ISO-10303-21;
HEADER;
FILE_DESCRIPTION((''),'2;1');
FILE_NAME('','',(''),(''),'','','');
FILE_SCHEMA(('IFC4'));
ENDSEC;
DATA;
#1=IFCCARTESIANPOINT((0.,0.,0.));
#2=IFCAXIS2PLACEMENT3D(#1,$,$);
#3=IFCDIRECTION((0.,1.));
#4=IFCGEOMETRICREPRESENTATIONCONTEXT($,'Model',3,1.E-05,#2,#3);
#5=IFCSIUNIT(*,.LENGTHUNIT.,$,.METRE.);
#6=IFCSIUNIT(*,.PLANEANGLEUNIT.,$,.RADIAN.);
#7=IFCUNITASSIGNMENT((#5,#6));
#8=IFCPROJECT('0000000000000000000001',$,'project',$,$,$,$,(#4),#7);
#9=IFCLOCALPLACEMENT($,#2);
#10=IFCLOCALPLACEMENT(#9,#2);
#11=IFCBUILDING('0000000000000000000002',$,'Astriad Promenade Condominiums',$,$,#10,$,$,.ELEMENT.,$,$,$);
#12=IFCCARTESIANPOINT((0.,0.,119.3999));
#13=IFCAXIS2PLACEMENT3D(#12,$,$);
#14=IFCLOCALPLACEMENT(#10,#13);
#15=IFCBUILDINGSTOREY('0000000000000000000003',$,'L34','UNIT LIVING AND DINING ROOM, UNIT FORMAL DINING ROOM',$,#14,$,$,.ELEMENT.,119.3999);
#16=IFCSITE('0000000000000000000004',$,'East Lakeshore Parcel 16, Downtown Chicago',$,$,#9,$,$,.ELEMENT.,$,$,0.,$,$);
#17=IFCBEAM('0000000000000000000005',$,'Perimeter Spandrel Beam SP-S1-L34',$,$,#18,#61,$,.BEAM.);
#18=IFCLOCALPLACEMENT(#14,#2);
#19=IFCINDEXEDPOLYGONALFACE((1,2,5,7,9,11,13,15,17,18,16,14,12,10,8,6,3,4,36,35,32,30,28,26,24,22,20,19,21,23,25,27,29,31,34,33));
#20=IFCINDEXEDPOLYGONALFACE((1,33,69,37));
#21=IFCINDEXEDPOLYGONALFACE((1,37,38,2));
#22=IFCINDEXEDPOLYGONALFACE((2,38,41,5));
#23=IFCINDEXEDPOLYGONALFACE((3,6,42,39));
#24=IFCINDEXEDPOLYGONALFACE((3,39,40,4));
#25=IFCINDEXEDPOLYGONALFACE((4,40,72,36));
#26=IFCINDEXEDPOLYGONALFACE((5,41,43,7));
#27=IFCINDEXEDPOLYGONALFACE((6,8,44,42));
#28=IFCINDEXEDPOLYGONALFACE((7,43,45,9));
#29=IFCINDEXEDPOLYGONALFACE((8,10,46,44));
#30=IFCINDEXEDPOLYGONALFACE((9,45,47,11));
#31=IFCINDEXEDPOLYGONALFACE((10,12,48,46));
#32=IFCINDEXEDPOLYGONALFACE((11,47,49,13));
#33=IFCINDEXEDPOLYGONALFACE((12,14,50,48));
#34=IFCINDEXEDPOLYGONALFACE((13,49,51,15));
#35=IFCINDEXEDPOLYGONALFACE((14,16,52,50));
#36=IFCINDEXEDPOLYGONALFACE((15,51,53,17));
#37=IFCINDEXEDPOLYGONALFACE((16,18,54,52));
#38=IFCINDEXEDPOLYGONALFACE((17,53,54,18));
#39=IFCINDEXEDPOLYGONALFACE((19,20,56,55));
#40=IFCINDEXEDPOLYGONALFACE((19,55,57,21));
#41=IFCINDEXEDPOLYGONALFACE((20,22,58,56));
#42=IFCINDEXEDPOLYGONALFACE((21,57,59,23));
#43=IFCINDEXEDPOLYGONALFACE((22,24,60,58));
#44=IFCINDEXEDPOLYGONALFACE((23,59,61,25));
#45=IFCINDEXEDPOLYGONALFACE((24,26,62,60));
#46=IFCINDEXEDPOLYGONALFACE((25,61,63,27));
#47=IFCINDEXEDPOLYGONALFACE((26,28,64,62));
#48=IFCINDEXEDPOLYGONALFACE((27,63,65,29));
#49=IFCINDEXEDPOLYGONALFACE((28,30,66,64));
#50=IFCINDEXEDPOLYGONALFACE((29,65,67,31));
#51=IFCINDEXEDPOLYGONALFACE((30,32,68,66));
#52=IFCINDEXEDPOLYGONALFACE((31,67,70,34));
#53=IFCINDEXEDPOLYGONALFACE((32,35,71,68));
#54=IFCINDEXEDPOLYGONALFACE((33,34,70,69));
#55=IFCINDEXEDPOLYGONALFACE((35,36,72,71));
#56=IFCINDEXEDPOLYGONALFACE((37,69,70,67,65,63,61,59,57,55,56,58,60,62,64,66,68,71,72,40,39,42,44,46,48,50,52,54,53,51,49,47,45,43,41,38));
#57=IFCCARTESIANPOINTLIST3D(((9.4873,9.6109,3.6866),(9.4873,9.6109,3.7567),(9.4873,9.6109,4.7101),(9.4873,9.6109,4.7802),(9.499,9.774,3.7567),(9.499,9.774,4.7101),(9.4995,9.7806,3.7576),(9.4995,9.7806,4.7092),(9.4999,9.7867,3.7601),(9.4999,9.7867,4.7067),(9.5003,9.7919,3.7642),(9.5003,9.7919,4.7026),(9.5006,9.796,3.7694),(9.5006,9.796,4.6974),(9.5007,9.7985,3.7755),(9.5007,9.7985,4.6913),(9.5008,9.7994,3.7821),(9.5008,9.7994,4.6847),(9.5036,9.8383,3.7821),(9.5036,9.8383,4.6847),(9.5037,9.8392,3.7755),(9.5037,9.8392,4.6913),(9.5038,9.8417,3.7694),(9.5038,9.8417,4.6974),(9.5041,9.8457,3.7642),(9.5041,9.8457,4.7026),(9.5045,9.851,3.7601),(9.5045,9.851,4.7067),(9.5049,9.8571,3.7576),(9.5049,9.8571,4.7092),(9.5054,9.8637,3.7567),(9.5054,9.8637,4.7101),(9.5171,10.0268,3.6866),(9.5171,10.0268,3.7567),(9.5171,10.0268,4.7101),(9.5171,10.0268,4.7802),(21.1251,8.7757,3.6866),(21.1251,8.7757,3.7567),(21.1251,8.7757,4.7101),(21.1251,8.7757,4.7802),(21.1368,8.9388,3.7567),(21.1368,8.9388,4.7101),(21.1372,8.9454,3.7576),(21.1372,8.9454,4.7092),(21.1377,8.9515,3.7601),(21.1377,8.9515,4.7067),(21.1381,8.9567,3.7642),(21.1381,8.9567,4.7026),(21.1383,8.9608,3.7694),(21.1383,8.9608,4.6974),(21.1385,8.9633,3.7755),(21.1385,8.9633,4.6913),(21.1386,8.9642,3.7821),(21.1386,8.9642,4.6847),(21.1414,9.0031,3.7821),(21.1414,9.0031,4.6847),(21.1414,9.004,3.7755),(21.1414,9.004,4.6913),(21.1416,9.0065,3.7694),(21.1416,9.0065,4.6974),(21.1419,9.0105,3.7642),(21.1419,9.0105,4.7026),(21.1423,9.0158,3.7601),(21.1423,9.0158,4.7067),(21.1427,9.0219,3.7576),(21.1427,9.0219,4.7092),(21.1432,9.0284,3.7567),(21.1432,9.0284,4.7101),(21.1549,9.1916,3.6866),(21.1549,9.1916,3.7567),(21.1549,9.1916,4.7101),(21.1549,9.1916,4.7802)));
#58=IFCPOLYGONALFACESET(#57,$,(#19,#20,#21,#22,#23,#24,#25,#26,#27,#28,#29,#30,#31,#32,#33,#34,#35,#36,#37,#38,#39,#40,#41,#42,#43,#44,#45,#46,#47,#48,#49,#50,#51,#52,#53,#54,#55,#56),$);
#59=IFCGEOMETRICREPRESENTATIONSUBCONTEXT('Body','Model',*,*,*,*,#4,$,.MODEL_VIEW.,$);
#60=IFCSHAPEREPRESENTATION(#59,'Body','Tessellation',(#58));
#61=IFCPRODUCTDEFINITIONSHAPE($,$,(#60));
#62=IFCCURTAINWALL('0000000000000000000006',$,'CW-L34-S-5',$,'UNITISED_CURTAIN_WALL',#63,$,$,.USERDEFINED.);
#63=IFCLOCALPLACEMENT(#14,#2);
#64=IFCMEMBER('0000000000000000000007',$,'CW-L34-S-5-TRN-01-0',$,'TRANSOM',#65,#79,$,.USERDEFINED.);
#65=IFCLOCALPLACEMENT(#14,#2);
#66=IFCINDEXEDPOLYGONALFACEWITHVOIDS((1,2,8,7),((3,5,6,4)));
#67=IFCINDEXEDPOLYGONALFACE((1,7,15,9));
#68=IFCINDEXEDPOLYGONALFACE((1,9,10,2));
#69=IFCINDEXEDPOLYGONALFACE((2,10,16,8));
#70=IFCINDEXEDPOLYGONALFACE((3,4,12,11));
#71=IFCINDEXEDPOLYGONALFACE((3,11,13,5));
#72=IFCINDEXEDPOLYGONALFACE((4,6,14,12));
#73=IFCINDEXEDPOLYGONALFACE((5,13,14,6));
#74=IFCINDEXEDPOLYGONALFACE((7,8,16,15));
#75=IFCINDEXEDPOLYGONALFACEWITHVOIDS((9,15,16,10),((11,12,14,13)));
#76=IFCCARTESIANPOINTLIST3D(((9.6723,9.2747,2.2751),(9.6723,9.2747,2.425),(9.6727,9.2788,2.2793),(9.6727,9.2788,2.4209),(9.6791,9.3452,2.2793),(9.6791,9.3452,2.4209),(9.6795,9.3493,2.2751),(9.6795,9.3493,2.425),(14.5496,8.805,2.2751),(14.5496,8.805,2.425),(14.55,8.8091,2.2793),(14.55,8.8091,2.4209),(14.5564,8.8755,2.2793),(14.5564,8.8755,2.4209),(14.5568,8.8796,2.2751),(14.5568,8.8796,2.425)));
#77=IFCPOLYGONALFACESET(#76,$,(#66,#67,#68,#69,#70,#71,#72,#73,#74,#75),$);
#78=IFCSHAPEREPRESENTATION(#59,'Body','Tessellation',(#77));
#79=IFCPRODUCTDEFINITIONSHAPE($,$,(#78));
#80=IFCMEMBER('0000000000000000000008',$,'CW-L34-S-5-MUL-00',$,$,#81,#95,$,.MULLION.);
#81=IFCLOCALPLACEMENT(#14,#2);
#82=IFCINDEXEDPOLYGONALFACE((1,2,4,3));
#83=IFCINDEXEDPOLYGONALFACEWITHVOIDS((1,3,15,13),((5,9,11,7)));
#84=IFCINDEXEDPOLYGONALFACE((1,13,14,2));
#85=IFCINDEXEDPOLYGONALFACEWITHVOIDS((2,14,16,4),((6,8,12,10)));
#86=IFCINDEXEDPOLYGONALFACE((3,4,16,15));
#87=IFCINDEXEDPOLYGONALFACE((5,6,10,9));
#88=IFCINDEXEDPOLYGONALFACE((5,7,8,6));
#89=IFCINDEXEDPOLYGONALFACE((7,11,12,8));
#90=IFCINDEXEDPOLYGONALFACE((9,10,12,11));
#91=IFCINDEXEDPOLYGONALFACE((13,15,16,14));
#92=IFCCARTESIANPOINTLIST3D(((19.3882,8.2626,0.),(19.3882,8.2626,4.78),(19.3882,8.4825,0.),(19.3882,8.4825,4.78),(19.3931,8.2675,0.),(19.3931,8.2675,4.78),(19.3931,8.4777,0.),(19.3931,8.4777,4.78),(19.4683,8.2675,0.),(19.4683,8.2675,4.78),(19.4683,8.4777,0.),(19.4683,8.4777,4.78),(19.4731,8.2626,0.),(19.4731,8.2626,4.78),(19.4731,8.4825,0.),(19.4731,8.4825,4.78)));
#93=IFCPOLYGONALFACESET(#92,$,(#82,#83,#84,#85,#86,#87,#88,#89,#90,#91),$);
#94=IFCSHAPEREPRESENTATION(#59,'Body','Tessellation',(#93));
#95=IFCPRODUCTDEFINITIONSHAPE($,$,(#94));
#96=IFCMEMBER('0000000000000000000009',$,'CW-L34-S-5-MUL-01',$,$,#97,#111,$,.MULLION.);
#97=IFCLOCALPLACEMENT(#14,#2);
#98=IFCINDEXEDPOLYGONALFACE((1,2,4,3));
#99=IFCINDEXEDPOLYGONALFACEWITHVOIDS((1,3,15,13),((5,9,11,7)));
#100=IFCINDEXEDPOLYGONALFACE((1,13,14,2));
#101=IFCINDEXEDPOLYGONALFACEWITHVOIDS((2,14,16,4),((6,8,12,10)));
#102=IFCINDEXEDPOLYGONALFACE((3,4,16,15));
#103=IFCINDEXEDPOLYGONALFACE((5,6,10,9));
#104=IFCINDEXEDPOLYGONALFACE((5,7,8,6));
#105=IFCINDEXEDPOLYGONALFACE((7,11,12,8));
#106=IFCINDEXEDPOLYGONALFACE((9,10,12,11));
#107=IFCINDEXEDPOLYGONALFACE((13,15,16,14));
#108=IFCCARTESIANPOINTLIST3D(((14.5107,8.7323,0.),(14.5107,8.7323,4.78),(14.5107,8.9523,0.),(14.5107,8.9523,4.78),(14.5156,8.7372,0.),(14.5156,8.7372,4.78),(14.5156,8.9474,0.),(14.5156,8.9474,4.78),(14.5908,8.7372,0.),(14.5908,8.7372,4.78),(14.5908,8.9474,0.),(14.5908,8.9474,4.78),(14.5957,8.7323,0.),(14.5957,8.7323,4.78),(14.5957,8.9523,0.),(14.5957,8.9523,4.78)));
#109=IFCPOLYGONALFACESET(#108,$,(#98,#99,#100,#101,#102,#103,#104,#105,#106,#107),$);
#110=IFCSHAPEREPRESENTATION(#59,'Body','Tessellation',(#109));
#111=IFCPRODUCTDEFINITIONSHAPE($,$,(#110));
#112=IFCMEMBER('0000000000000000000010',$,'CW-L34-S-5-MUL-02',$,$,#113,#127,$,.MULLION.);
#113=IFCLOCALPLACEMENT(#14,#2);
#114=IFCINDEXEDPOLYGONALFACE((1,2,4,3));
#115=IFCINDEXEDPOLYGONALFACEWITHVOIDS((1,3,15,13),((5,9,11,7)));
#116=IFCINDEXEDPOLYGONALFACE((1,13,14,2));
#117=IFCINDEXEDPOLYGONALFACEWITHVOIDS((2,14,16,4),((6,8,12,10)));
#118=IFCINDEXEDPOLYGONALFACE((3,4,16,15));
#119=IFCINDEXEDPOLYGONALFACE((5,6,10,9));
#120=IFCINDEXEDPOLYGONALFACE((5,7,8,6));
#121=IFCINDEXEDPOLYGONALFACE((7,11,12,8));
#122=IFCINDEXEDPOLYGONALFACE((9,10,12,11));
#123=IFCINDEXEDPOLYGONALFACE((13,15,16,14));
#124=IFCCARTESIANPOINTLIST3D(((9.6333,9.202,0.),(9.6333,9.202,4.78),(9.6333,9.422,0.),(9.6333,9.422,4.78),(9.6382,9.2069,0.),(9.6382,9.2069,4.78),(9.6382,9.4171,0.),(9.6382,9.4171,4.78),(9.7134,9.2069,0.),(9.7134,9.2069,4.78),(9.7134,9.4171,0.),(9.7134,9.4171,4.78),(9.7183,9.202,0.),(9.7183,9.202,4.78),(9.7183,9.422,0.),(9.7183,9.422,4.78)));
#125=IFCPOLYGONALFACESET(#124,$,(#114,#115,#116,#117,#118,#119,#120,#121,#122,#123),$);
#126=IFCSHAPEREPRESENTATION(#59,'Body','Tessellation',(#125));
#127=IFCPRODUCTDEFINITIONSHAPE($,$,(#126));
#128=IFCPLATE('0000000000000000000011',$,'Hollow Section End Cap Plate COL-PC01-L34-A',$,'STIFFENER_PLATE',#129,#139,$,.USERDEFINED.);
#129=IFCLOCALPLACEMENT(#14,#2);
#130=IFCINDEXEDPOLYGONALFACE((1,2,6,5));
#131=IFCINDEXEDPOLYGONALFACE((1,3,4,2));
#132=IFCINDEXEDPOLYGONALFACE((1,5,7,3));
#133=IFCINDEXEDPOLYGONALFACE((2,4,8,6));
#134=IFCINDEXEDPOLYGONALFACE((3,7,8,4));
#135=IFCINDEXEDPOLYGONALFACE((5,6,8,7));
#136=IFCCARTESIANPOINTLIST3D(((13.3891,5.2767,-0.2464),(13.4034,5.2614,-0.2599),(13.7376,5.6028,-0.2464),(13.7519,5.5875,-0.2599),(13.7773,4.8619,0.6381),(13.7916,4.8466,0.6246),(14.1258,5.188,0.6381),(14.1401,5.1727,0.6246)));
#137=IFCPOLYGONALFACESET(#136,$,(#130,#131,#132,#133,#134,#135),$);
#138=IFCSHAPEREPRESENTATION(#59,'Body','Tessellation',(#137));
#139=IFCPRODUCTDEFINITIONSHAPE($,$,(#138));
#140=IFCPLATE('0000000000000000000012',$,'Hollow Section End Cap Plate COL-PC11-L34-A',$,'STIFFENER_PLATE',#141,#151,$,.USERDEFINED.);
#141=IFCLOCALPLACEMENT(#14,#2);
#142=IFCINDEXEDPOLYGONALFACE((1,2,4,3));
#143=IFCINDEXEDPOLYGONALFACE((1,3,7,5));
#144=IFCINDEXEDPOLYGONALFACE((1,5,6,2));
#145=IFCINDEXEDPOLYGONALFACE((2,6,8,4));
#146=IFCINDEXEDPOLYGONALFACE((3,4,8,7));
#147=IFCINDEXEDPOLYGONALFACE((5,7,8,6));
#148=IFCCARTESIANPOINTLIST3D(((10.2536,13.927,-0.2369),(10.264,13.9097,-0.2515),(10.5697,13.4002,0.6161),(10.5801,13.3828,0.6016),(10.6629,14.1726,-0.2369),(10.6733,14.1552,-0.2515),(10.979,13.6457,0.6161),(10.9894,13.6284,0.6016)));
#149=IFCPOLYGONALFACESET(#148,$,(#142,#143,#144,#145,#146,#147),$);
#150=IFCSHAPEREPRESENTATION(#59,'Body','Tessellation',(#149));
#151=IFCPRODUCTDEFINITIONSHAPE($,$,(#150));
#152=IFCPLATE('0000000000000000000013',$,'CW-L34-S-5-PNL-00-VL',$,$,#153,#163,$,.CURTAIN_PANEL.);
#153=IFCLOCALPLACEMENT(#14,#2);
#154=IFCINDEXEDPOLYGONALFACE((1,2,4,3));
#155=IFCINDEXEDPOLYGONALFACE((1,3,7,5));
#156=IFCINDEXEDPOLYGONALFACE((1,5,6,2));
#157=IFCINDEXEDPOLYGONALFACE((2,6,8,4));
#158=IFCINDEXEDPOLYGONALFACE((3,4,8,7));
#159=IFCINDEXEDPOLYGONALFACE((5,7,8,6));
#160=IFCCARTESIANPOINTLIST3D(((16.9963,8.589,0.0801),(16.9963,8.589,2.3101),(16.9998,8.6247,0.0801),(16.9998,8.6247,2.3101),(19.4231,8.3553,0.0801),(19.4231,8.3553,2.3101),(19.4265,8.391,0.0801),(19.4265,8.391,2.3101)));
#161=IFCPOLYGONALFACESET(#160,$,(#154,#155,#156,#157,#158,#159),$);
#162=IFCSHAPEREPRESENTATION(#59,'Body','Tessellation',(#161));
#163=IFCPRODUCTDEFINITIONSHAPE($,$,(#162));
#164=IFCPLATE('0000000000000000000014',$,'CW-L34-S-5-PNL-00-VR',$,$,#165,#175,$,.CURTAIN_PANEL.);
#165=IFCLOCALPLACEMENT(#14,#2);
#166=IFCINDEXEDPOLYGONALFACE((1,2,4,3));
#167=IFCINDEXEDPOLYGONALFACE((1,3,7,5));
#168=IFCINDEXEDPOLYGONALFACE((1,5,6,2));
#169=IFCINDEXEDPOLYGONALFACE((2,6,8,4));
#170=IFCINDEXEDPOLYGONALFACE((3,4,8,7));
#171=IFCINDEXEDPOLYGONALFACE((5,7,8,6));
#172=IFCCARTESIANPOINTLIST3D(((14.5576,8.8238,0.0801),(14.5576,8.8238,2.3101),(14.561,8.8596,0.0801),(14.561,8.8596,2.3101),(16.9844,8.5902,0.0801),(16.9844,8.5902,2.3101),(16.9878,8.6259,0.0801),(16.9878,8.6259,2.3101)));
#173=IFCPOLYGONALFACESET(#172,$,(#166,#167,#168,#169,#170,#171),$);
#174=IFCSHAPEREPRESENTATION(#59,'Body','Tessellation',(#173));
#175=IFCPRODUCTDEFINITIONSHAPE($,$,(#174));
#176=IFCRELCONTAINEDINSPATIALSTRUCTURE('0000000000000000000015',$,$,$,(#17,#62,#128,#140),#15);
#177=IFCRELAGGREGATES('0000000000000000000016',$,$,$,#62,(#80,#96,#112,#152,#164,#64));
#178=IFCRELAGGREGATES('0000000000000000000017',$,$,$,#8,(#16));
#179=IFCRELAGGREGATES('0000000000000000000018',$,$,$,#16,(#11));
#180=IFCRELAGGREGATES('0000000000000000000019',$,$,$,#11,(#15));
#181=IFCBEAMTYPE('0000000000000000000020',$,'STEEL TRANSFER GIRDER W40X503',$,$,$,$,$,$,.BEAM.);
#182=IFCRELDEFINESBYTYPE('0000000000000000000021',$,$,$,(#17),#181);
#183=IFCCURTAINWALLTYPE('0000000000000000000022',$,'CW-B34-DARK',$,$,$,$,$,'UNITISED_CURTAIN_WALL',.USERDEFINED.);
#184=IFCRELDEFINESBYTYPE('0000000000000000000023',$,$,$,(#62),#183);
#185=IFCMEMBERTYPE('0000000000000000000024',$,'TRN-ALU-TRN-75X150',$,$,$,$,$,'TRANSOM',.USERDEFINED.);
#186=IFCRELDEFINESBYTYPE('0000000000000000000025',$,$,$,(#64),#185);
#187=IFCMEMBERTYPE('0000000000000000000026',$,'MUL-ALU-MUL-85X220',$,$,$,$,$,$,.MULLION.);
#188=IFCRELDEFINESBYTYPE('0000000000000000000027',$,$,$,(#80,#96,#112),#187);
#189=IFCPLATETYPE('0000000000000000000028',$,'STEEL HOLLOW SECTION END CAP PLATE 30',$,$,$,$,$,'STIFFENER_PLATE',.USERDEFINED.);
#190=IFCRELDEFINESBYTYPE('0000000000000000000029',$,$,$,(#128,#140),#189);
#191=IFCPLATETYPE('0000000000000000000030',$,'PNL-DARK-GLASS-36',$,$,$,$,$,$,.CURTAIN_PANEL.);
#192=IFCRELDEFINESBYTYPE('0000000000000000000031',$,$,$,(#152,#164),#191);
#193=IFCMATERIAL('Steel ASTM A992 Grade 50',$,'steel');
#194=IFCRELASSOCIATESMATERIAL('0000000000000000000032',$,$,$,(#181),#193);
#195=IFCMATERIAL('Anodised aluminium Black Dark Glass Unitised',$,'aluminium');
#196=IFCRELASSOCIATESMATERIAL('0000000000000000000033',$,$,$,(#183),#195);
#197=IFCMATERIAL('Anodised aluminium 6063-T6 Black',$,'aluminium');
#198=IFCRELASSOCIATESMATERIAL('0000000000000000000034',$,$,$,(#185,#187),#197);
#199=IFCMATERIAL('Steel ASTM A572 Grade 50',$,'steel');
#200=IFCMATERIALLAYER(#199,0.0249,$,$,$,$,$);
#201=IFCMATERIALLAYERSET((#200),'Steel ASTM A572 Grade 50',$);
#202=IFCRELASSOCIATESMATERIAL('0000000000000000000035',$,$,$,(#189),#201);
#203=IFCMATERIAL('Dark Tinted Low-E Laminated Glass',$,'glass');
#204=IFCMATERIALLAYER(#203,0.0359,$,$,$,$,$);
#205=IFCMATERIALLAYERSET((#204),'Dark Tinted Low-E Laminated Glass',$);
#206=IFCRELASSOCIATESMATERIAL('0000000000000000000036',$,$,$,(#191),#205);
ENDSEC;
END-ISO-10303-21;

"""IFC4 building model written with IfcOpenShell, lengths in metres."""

from ifc_helpers import new_model, si_unit, direction, frame, origin, origin_2d, place, context, subcontext, project, spatial, rectangle, hollow_rectangle, i_section, extrude, source, transform, mapped, material, layer, layer_set, material_profile, profile_set, type_object, type_shapes, element, aggregate, save


model = new_model("IFC4")

# Units and contexts
model_context = context("Model", 3, precision=1e-05, world=origin(), true_north=direction((0.0, 1.0)))
body_context = subcontext(model_context, "Body", "Model", "MODEL_VIEW")
ifc_project = project(units=[si_unit("LENGTHUNIT", "METRE"), si_unit("PLANEANGLEUNIT", "RADIAN")], contexts=[model_context])

# Site, building, storey
site_placement = place(None, origin())
site = spatial("IfcSite", under=ifc_project, at=site_placement, Name="East Lakeshore Parcel 16, Downtown Chicago", CompositionType="ELEMENT", RefElevation=0.0)
building_placement = place(site_placement, origin())
building = spatial("IfcBuilding", under=site, at=building_placement, Name="Astriad Promenade Condominiums", CompositionType="ELEMENT")
storey_placement = place(building_placement, frame((0.0, 0.0, 119.3999)))
storey = spatial("IfcBuildingStorey", under=building, at=storey_placement, Name="L34", Description="UNIT LIVING AND DINING ROOM, UNIT FORMAL DINING ROOM", CompositionType="ELEMENT", Elevation=119.3999)

# Shared definitions
ifc_material_1 = material(Name="Steel ASTM A992 Grade 50", Category="steel")

# Beam
ifc_material_profile_1 = material_profile(ifc_material_1, i_section(OverallWidth=0.417, OverallDepth=1.0935, WebThickness=0.0391, FlangeThickness=0.0701, FilletRadius=0.0254, at=origin_2d()), Name="W40X503")
ifc_profile_set_1 = profile_set([ifc_material_profile_1], Name="Steel ASTM A992 Grade 50")
beam_type_1 = type_object("IfcBeamType", Name="STEEL TRANSFER GIRDER W40X503", PredefinedType="BEAM", material=ifc_profile_set_1)
shared_shape_1 = source(origin(), body_context, "Body", "SweptSolid", [
    extrude(i_section(OverallWidth=0.417, OverallDepth=1.0935, WebThickness=0.0391, FlangeThickness=0.0701, FilletRadius=0.0254, at=origin_2d()), origin(), (0.0, 0.0, 1.0), 11.6677),
])
type_shapes(beam_type_1, [shared_shape_1])
beam_1_placement = place(storey_placement, frame((9.5022, 9.8188, 4.2334), z_axis=(0.997435, -0.071583, 0.0), x_axis=(0.071583, 0.997435, 0.0)))
element("IfcBeam", 1, at=beam_1_placement, inside=storey, type_object=beam_type_1, Name="Perimeter Spandrel Beam SP-S1-L34", PredefinedType="BEAM", context=body_context, shape_type="MappedRepresentation", body=[
    mapped(shared_shape_1, transform((0.0, 0.0, 0.0), scale=1.0)),
])

# Curtain wall, members
ifc_material_2 = material(Name="Anodised aluminium Black Dark Glass Unitised", Category="aluminium")
curtain_wall_type = type_object("IfcCurtainWallType", Name="CW-B34-DARK", ElementType="UNITISED_CURTAIN_WALL", PredefinedType="USERDEFINED", material=ifc_material_2)
curtain_wall_placement = place(storey_placement, origin())
curtain_wall = element("IfcCurtainWall", 2, at=curtain_wall_placement, inside=storey, type_object=curtain_wall_type, Name="CW-L34-S-5", ObjectType="UNITISED_CURTAIN_WALL", PredefinedType="USERDEFINED")
ifc_material_3 = material(Name="Anodised aluminium 6063-T6 Black", Category="aluminium")
ifc_material_profile_2 = material_profile(ifc_material_3, hollow_rectangle(XDim=0.075, YDim=0.1499, WallThickness=0.0042, at=origin_2d()), Name="ALU-TRN-75X150")
ifc_profile_set_2 = profile_set([ifc_material_profile_2], Name="Anodised aluminium 6063-T6 Black")
member_type_1 = type_object("IfcMemberType", Name="TRN-ALU-TRN-75X150", ElementType="TRANSOM", PredefinedType="USERDEFINED", material=ifc_profile_set_2)
shared_shape_2 = source(origin(), body_context, "Body", "SweptSolid", [
    extrude(hollow_rectangle(XDim=0.075, YDim=0.1499, WallThickness=0.0042, at=origin_2d()), origin(), (0.0, 0.0, 1.0), 4.8999),
])
type_shapes(member_type_1, [shared_shape_2])
member_1_placement = place(storey_placement, frame((14.5532, 8.8423, 2.3501), z_axis=(-0.995395, 0.095862, 0.0), x_axis=(-0.095862, -0.995395, 0.0)))
member_1 = element("IfcMember", 3, at=member_1_placement, type_object=member_type_1, Name="CW-L34-S-5-TRN-01-0", ObjectType="TRANSOM", PredefinedType="USERDEFINED", context=body_context, shape_type="MappedRepresentation", body=[
    mapped(shared_shape_2, transform((0.0, 0.0, 0.0), scale=1.0)),
])
ifc_material_profile_3 = material_profile(ifc_material_3, hollow_rectangle(XDim=0.085, YDim=0.22, WallThickness=0.0049, at=origin_2d()), Name="ALU-MUL-85X220")
ifc_profile_set_3 = profile_set([ifc_material_profile_3], Name="Anodised aluminium 6063-T6 Black")
member_type_2 = type_object("IfcMemberType", Name="MUL-ALU-MUL-85X220", PredefinedType="MULLION", material=ifc_profile_set_3)
shared_shape_3 = source(origin(), body_context, "Body", "SweptSolid", [
    extrude(hollow_rectangle(XDim=0.085, YDim=0.22, WallThickness=0.0049, at=origin_2d()), origin(), (0.0, 0.0, 1.0), 4.78),
])
type_shapes(member_type_2, [shared_shape_3])
member_2_placement = place(storey_placement, frame((19.4307, 8.3726, 0.0), z_axis=(0.0, 0.0, 1.0), x_axis=(1.0, 0.0, 0.0)))
member_2 = element("IfcMember", 4, at=member_2_placement, type_object=member_type_2, Name="CW-L34-S-5-MUL-00", PredefinedType="MULLION", context=body_context, shape_type="MappedRepresentation", body=[
    mapped(shared_shape_3, transform((0.0, 0.0, 0.0), scale=1.0)),
])
member_3_placement = place(storey_placement, frame((14.5532, 8.8423, 0.0), z_axis=(0.0, 0.0, 1.0), x_axis=(1.0, 0.0, 0.0)))
member_3 = element("IfcMember", 5, at=member_3_placement, type_object=member_type_2, Name="CW-L34-S-5-MUL-01", PredefinedType="MULLION", context=body_context, shape_type="MappedRepresentation", body=[
    mapped(shared_shape_3, transform((0.0, 0.0, 0.0), scale=1.0)),
])
member_4_placement = place(storey_placement, frame((9.6758, 9.312, 0.0), z_axis=(0.0, 0.0, 1.0), x_axis=(1.0, 0.0, 0.0)))
member_4 = element("IfcMember", 6, at=member_4_placement, type_object=member_type_2, Name="CW-L34-S-5-MUL-02", PredefinedType="MULLION", context=body_context, shape_type="MappedRepresentation", body=[
    mapped(shared_shape_3, transform((0.0, 0.0, 0.0), scale=1.0)),
])

# Plates
ifc_material_4 = material(Name="Steel ASTM A572 Grade 50", Category="steel")
ifc_layer_1 = layer(ifc_material_4, 0.0249)
ifc_layer_set_1 = layer_set([ifc_layer_1], Name="Steel ASTM A572 Grade 50")
plate_type_1 = type_object("IfcPlateType", Name="STEEL HOLLOW SECTION END CAP PLATE 30", ElementType="STIFFENER_PLATE", PredefinedType="USERDEFINED", material=ifc_layer_set_1)
shared_shape_4 = source(origin(), body_context, "Body", "SweptSolid", [
    extrude(rectangle(XDim=0.4773, YDim=1.0513, at=origin_2d()), origin(), (0.0, 0.0, 1.0), 0.0249),
])
type_shapes(plate_type_1, [shared_shape_4])
for number, where, z_axis, x_axis, name in (
    (7, (13.7717, 5.217, 0.1824), (-0.574938, 0.614336, 0.540405), (-0.730131, -0.683307, 0.0), "Hollow Section End Cap Plate COL-PC01-L34-A"),
    (8, (10.6267, 13.769, 0.175), (-0.417412, 0.695837, 0.584446), (-0.857542, -0.514414, 0.0), "Hollow Section End Cap Plate COL-PC11-L34-A"),
):
    element("IfcPlate", number, at=place(storey_placement, frame(where, z_axis=z_axis, x_axis=x_axis)), inside=storey, type_object=plate_type_1, Name=name, ObjectType="STIFFENER_PLATE", PredefinedType="USERDEFINED", context=body_context, shape_type="MappedRepresentation", body=[
        mapped(shared_shape_4, transform((0.0, 0.0, 0.0), scale=1.0)),
    ])

# Plates
ifc_material_5 = material(Name="Dark Tinted Low-E Laminated Glass", Category="glass")
ifc_layer_2 = layer(ifc_material_5, 0.0359)
ifc_layer_set_2 = layer_set([ifc_layer_2], Name="Dark Tinted Low-E Laminated Glass")
plate_type_2 = type_object("IfcPlateType", Name="PNL-DARK-GLASS-36", PredefinedType="CURTAIN_PANEL", material=ifc_layer_set_2)
shared_shape_5 = source(origin(), body_context, "Body", "SweptSolid", [
    extrude(rectangle(XDim=2.438, YDim=0.0359, at=origin_2d()), origin(), (0.0, 0.0, 1.0), 2.23),
])
plate_1_placement = place(storey_placement, frame((18.2114, 8.49, 0.0801), z_axis=(0.0, 0.0, 1.0), x_axis=(-0.995396, 0.095846, 0.0)))
plate_1 = element("IfcPlate", 9, at=plate_1_placement, type_object=plate_type_2, Name="CW-L34-S-5-PNL-00-VL", PredefinedType="CURTAIN_PANEL", context=body_context, shape_type="MappedRepresentation", body=[
    mapped(shared_shape_5, transform((0.0, 0.0, 0.0), scale=1.0)),
])
plate_2_placement = place(storey_placement, frame((15.7727, 8.7249, 0.0801), z_axis=(0.0, 0.0, 1.0), x_axis=(-0.995396, 0.095846, 0.0)))
plate_2 = element("IfcPlate", 10, at=plate_2_placement, type_object=plate_type_2, Name="CW-L34-S-5-PNL-00-VR", PredefinedType="CURTAIN_PANEL", context=body_context, shape_type="MappedRepresentation", body=[
    mapped(shared_shape_5, transform((0.0, 0.0, 0.0), scale=1.0)),
])
aggregate(curtain_wall, [member_2, member_3, member_4, plate_1, plate_2, member_1])

save(model, "model.ifc")
